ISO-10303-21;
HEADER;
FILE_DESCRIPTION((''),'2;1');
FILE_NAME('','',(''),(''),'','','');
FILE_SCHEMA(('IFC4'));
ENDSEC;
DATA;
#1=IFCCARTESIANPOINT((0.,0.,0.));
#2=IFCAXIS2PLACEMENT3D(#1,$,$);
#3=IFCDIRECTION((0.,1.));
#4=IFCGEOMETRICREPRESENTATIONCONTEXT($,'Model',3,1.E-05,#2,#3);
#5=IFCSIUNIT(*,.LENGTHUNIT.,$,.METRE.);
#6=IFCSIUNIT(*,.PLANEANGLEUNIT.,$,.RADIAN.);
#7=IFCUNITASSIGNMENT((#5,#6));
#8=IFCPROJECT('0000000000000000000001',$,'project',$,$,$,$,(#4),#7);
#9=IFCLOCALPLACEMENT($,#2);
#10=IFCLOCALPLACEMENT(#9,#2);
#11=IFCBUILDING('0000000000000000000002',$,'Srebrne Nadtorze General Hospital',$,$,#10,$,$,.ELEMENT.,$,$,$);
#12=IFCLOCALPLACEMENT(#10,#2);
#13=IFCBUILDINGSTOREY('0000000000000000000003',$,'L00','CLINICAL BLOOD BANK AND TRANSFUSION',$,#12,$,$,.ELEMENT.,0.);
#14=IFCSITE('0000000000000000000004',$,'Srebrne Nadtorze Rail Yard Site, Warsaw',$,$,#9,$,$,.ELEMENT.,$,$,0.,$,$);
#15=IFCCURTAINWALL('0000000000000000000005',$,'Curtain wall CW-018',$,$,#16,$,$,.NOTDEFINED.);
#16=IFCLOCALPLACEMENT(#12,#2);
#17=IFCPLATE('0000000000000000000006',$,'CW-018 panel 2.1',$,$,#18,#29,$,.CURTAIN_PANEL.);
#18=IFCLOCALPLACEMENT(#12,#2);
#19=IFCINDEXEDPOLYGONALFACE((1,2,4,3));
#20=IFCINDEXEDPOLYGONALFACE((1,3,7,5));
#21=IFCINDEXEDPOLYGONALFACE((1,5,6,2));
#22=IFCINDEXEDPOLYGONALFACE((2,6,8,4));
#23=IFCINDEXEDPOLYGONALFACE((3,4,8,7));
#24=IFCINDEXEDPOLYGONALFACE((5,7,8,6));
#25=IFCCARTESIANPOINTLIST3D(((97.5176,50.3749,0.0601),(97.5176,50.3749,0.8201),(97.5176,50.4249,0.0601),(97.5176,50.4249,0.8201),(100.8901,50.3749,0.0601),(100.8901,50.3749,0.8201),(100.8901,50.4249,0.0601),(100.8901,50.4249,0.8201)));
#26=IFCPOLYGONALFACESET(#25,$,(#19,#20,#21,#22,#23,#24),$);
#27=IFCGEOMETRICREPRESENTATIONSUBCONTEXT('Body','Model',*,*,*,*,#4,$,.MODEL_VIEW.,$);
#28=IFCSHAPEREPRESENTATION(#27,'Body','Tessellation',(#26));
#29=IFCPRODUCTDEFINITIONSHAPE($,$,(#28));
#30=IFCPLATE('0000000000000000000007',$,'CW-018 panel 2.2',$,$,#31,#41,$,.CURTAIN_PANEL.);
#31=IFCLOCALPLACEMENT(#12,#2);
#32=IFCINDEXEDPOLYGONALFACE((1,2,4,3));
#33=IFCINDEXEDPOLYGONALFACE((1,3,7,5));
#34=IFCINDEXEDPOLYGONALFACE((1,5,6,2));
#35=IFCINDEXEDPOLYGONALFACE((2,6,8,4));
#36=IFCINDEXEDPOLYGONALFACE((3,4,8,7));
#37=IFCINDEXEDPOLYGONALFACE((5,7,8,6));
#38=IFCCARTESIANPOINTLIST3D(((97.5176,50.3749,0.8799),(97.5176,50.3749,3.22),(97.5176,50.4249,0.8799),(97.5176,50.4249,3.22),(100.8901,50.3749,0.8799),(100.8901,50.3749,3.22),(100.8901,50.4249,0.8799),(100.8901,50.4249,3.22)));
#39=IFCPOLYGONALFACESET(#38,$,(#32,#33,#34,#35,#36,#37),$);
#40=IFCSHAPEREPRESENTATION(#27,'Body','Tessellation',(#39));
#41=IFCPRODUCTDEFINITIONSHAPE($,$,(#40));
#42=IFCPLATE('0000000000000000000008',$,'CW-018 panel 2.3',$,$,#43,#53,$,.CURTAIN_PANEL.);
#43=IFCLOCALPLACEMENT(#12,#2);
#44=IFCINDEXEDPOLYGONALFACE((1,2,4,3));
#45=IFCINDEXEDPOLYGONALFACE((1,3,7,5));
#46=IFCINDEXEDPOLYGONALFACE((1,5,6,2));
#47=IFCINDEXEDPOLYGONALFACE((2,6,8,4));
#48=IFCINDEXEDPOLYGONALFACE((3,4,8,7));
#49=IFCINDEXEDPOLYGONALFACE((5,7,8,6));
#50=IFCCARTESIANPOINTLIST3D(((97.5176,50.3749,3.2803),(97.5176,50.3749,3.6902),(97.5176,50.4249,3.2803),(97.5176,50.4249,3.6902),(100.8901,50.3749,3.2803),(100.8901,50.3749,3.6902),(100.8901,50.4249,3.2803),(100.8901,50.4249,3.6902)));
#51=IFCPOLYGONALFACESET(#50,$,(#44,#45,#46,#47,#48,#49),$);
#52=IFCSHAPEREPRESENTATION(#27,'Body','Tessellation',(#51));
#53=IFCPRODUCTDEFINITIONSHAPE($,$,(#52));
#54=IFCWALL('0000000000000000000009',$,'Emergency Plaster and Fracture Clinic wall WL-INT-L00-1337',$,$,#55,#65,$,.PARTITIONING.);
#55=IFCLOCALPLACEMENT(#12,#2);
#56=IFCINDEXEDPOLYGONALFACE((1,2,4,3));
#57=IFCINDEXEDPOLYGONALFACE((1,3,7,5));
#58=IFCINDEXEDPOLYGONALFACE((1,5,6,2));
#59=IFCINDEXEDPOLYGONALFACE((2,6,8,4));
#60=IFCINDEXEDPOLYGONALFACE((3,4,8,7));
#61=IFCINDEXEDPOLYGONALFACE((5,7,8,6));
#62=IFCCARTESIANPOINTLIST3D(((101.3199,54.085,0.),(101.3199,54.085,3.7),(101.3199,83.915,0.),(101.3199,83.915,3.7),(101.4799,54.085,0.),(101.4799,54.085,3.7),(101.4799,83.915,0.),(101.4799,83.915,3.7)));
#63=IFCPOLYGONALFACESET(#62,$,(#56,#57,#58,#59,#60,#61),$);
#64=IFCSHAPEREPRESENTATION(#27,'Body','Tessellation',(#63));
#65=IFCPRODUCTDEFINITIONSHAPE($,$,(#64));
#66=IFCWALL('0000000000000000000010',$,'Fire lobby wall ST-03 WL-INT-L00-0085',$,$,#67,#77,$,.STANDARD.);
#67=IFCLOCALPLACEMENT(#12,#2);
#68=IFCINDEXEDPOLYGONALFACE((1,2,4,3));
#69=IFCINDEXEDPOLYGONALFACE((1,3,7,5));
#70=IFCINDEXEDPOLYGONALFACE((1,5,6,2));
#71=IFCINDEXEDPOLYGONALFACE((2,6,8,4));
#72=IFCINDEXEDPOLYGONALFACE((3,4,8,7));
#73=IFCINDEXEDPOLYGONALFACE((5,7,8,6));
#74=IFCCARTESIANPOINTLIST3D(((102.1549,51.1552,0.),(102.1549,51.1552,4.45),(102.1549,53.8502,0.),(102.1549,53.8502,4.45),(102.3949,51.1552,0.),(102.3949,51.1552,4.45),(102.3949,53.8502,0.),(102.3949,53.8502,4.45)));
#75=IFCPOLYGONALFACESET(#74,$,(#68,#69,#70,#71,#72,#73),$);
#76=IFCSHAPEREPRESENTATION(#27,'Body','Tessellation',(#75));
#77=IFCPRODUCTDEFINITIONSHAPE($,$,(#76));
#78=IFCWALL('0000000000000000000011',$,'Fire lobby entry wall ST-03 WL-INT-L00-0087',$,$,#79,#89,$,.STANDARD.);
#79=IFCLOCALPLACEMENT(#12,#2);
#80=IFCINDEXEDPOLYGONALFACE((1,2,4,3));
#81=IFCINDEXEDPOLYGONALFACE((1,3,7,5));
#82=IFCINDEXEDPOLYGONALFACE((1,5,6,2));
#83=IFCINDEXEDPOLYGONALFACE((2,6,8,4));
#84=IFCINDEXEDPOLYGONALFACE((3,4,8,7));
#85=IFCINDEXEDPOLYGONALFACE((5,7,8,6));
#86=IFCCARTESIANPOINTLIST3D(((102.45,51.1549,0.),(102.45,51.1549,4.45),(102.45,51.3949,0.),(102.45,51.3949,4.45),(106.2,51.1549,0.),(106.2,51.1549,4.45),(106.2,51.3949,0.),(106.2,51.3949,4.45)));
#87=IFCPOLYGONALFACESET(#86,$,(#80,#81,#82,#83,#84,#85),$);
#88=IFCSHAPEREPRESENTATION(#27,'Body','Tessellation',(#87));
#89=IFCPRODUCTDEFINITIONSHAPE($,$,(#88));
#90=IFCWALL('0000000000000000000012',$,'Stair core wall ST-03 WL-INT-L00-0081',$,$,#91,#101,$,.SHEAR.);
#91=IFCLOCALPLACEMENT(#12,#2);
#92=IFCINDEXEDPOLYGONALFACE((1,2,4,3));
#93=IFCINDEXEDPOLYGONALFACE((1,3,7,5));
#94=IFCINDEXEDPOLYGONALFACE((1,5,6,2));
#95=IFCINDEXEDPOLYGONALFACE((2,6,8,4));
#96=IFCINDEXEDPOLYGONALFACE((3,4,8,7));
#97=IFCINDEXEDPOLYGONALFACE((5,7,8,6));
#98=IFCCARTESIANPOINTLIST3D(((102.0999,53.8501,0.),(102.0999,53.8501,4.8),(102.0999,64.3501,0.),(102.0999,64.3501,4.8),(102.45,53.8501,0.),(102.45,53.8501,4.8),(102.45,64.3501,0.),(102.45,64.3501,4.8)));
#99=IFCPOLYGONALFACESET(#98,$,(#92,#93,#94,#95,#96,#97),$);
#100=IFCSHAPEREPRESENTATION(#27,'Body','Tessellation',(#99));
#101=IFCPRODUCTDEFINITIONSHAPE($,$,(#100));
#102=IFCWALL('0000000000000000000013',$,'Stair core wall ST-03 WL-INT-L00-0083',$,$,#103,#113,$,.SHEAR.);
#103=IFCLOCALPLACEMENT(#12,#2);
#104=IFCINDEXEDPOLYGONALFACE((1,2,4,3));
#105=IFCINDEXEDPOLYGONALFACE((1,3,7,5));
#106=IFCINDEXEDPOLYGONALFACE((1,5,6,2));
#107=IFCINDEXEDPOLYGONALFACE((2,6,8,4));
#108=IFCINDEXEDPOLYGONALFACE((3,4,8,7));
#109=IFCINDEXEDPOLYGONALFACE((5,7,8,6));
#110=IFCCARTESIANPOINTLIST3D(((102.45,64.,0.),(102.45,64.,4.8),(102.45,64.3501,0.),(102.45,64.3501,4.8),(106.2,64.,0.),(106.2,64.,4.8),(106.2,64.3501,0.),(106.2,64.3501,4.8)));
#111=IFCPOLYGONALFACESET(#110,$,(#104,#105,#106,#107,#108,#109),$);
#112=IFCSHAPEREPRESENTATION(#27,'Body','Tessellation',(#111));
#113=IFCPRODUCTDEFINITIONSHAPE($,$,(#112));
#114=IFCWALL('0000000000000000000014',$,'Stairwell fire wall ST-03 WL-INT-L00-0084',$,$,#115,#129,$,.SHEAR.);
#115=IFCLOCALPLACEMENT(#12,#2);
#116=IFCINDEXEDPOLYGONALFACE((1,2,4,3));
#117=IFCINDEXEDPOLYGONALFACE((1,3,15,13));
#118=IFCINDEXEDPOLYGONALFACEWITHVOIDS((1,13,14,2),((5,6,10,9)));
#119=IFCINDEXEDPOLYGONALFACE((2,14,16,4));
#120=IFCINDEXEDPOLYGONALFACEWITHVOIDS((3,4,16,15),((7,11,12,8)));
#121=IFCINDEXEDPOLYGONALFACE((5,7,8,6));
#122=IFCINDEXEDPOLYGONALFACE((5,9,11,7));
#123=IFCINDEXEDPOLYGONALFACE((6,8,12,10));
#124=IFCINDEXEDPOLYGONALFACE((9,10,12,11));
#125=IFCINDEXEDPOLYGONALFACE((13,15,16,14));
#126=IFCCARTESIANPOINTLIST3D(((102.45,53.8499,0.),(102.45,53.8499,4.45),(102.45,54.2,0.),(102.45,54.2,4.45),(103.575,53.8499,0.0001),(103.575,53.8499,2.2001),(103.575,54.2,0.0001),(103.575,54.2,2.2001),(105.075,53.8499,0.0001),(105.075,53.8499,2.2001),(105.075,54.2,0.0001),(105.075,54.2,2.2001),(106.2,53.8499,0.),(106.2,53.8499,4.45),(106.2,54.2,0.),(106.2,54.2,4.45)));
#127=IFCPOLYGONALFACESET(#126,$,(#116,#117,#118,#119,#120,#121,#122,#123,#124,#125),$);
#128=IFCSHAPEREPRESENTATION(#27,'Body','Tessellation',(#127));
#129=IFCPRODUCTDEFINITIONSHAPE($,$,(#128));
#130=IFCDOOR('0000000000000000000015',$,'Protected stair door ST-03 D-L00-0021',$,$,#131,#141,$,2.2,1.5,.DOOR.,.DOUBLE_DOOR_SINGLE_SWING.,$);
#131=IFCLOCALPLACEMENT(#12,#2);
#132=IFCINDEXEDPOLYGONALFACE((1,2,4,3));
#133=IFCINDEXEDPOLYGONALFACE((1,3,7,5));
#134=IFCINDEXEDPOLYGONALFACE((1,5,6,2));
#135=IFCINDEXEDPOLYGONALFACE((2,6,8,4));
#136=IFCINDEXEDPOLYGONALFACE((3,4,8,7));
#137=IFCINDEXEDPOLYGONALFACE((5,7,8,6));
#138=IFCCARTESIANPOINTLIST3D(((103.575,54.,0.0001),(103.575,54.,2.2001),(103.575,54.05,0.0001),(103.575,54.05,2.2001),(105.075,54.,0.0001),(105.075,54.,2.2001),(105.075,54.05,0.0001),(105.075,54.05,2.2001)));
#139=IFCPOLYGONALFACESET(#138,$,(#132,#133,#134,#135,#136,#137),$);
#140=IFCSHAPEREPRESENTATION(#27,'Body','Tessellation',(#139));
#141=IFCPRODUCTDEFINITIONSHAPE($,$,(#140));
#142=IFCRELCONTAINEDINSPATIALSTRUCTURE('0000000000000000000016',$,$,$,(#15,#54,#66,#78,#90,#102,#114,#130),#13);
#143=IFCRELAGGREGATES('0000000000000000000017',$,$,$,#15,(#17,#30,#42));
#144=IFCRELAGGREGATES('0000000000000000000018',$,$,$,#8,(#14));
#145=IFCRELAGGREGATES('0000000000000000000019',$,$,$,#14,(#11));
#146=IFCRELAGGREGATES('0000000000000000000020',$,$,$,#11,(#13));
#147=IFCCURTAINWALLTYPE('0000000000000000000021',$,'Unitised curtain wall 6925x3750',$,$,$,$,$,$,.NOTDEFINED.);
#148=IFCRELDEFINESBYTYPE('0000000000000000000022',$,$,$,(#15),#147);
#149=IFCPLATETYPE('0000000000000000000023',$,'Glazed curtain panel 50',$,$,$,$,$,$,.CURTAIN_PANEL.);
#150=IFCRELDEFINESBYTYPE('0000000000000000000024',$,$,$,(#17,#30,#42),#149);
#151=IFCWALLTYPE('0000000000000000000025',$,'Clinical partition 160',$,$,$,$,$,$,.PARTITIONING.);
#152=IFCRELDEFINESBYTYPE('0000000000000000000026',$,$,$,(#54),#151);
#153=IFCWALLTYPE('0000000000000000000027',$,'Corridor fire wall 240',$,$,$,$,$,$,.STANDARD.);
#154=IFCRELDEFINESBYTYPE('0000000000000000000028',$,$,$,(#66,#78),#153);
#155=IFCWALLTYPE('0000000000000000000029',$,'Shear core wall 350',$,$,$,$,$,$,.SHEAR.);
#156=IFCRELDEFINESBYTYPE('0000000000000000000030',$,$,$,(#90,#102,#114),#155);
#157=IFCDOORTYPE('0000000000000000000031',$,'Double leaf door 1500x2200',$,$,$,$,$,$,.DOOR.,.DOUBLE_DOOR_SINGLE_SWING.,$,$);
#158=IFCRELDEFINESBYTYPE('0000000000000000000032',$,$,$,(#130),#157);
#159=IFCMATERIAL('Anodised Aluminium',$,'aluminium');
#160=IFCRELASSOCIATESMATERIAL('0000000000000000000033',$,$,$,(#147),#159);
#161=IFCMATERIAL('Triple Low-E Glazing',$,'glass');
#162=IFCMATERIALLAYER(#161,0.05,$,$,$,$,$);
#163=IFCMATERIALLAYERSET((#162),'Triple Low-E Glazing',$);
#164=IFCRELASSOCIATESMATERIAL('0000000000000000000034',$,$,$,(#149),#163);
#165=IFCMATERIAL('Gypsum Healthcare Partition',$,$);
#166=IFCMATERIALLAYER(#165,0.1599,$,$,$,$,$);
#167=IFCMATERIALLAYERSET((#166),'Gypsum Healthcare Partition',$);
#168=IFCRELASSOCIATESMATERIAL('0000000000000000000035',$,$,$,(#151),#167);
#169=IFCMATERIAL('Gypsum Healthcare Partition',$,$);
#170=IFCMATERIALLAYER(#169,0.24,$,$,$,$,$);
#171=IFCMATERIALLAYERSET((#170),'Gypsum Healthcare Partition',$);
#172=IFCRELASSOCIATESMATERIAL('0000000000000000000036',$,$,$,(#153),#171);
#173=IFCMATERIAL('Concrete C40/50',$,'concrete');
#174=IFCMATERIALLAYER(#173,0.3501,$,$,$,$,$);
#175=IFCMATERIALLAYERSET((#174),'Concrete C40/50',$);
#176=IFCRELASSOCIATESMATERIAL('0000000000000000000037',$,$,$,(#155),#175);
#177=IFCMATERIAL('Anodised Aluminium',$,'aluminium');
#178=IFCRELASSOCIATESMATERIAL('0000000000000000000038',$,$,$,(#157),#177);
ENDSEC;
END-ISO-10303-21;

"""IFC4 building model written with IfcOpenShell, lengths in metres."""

from ifc_helpers import new_model, si_unit, direction, frame, frame_2d, origin, origin_2d, place, context, subcontext, project, spatial, rectangle, extrude, material, layer, layer_set, type_object, element, fill, aggregate, save


model = new_model("IFC4")

# Units and contexts
model_context = context("Model", 3, precision=1e-05, world=origin(), true_north=direction((0.0, 1.0)))
body_context = subcontext(model_context, "Body", "Model", "MODEL_VIEW")
ifc_project = project(units=[si_unit("LENGTHUNIT", "METRE"), si_unit("PLANEANGLEUNIT", "RADIAN")], contexts=[model_context])

# Site, building, storey
site_placement = place(None, origin())
site = spatial("IfcSite", under=ifc_project, at=site_placement, Name="Srebrne Nadtorze Rail Yard Site, Warsaw", CompositionType="ELEMENT", RefElevation=0.0)
building_placement = place(site_placement, origin())
building = spatial("IfcBuilding", under=site, at=building_placement, Name="Srebrne Nadtorze General Hospital", CompositionType="ELEMENT")
storey_placement = place(building_placement, origin())
storey = spatial("IfcBuildingStorey", under=building, at=storey_placement, Name="L00", Description="CLINICAL BLOOD BANK AND TRANSFUSION", CompositionType="ELEMENT", Elevation=0.0)

# Curtain wall
ifc_material_1 = material(Name="Anodised Aluminium", Category="aluminium")
curtain_wall_type = type_object("IfcCurtainWallType", Name="Unitised curtain wall 6925x3750", PredefinedType="NOTDEFINED", material=ifc_material_1)
curtain_wall_placement = place(storey_placement, origin())
curtain_wall = element("IfcCurtainWall", 1, at=curtain_wall_placement, inside=storey, type_object=curtain_wall_type, Name="Curtain wall CW-018", PredefinedType="NOTDEFINED")

# Plates
ifc_material_2 = material(Name="Triple Low-E Glazing", Category="glass")
ifc_layer_1 = layer(ifc_material_2, 0.05)
ifc_layer_set_1 = layer_set([ifc_layer_1], Name="Triple Low-E Glazing")
plate_type = type_object("IfcPlateType", Name="Glazed curtain panel 50", PredefinedType="CURTAIN_PANEL", material=ifc_layer_set_1)
plate_1_placement = place(storey_placement, frame((99.2039, 50.3999, 0.0601), z_axis=(0.0, 0.0, 1.0), x_axis=(1.0, 0.0, 0.0)))
plate_1 = element("IfcPlate", 2, at=plate_1_placement, type_object=plate_type, Name="CW-018 panel 2.1", PredefinedType="CURTAIN_PANEL", context=body_context, shape_type="SweptSolid", body=[
    extrude(rectangle(XDim=3.3726, YDim=0.05, at=origin_2d()), origin(), (0.0, 0.0, 1.0), 0.76),
])
plate_2_placement = place(storey_placement, frame((99.2039, 50.3999, 0.8799), z_axis=(0.0, 0.0, 1.0), x_axis=(1.0, 0.0, 0.0)))
plate_2 = element("IfcPlate", 3, at=plate_2_placement, type_object=plate_type, Name="CW-018 panel 2.2", PredefinedType="CURTAIN_PANEL", context=body_context, shape_type="SweptSolid", body=[
    extrude(rectangle(XDim=3.3726, YDim=0.05, at=origin_2d()), origin(), (0.0, 0.0, 1.0), 2.3401),
])
plate_3_placement = place(storey_placement, frame((99.2039, 50.3999, 3.2803), z_axis=(0.0, 0.0, 1.0), x_axis=(1.0, 0.0, 0.0)))
plate_3 = element("IfcPlate", 4, at=plate_3_placement, type_object=plate_type, Name="CW-018 panel 2.3", PredefinedType="CURTAIN_PANEL", context=body_context, shape_type="SweptSolid", body=[
    extrude(rectangle(XDim=3.3726, YDim=0.05, at=origin_2d()), origin(), (0.0, 0.0, 1.0), 0.4099),
])
aggregate(curtain_wall, [plate_1, plate_2, plate_3])

# Walls
ifc_material_3 = material(Name="Gypsum Healthcare Partition")
ifc_layer_2 = layer(ifc_material_3, 0.1599)
ifc_layer_set_2 = layer_set([ifc_layer_2], Name="Gypsum Healthcare Partition")
wall_type_1 = type_object("IfcWallType", Name="Clinical partition 160", PredefinedType="PARTITIONING", material=ifc_layer_set_2)
wall_1_placement = place(storey_placement, frame((101.3999, 54.085, 0.0), z_axis=(0.0, 0.0, 1.0), x_axis=(0.0, 1.0, 0.0)))
element("IfcWall", 5, at=wall_1_placement, inside=storey, type_object=wall_type_1, Name="Emergency Plaster and Fracture Clinic wall WL-INT-L00-1337", PredefinedType="PARTITIONING", context=body_context, shape_type="SweptSolid", body=[
    extrude(rectangle(XDim=29.8301, YDim=0.1599, at=frame_2d((14.915, 0.0))), origin(), (0.0, 0.0, 1.0), 3.7),
])
ifc_material_4 = material(Name="Gypsum Healthcare Partition")
ifc_layer_3 = layer(ifc_material_4, 0.24)
ifc_layer_set_3 = layer_set([ifc_layer_3], Name="Gypsum Healthcare Partition")
wall_type_2 = type_object("IfcWallType", Name="Corridor fire wall 240", PredefinedType="STANDARD", material=ifc_layer_set_3)
wall_2_placement = place(storey_placement, frame((102.2749, 51.155, 0.0), z_axis=(0.0, 0.0, 1.0), x_axis=(0.0, 1.0, 0.0)))
element("IfcWall", 6, at=wall_2_placement, inside=storey, type_object=wall_type_2, Name="Fire lobby wall ST-03 WL-INT-L00-0085", PredefinedType="STANDARD", context=body_context, shape_type="SweptSolid", body=[
    extrude(rectangle(XDim=2.6951, YDim=0.24, at=frame_2d((1.3477, 0.0))), origin(), (0.0, 0.0, 1.0), 4.45),
])
wall_3_placement = place(storey_placement, frame((102.45, 51.2749, 0.0), z_axis=(0.0, 0.0, 1.0), x_axis=(1.0, 0.0, 0.0)))
element("IfcWall", 7, at=wall_3_placement, inside=storey, type_object=wall_type_2, Name="Fire lobby entry wall ST-03 WL-INT-L00-0087", PredefinedType="STANDARD", context=body_context, shape_type="SweptSolid", body=[
    extrude(rectangle(XDim=3.75, YDim=0.24, at=frame_2d((1.875, 0.0))), origin(), (0.0, 0.0, 1.0), 4.45),
])
ifc_material_5 = material(Name="Concrete C40/50", Category="concrete")
ifc_layer_4 = layer(ifc_material_5, 0.3501)
ifc_layer_set_4 = layer_set([ifc_layer_4], Name="Concrete C40/50")
wall_type_3 = type_object("IfcWallType", Name="Shear core wall 350", PredefinedType="SHEAR", material=ifc_layer_set_4)
wall_4_placement = place(storey_placement, frame((102.2749, 53.8501, 0.0), z_axis=(0.0, 0.0, 1.0), x_axis=(0.0, 1.0, 0.0)))
element("IfcWall", 8, at=wall_4_placement, inside=storey, type_object=wall_type_3, Name="Stair core wall ST-03 WL-INT-L00-0081", PredefinedType="SHEAR", context=body_context, shape_type="SweptSolid", body=[
    extrude(rectangle(XDim=10.5, YDim=0.3501, at=frame_2d((5.25, 0.0))), origin(), (0.0, 0.0, 1.0), 4.8),
])
wall_5_placement = place(storey_placement, frame((102.45, 64.175, 0.0), z_axis=(0.0, 0.0, 1.0), x_axis=(1.0, 0.0, 0.0)))
element("IfcWall", 9, at=wall_5_placement, inside=storey, type_object=wall_type_3, Name="Stair core wall ST-03 WL-INT-L00-0083", PredefinedType="SHEAR", context=body_context, shape_type="SweptSolid", body=[
    extrude(rectangle(XDim=3.75, YDim=0.3501, at=frame_2d((1.875, 0.0))), origin(), (0.0, 0.0, 1.0), 4.8),
])

# Wall, opening, door
wall_6_placement = place(storey_placement, frame((102.45, 54.0249, 0.0), z_axis=(0.0, 0.0, 1.0), x_axis=(1.0, 0.0, 0.0)))
wall_6 = element("IfcWall", 10, at=wall_6_placement, inside=storey, type_object=wall_type_3, Name="Stairwell fire wall ST-03 WL-INT-L00-0084", PredefinedType="SHEAR", context=body_context, shape_type="SweptSolid", body=[
    extrude(rectangle(XDim=3.75, YDim=0.3501, at=frame_2d((1.875, 0.0))), origin(), (0.0, 0.0, 1.0), 4.45),
])
opening_placement = place(wall_6_placement, frame((1.125, 0.0, 0.0)))
opening = element("IfcOpeningElement", 11, at=opening_placement, cuts=wall_6, PredefinedType="OPENING", context=body_context, shape_type="SweptSolid", body=[
    extrude(rectangle(XDim=1.5, YDim=2.2, at=frame_2d((0.75, 1.1001))), frame((0.0, 0.187, 0.0), z_axis=(0.0, -1.0, 0.0), x_axis=(1.0, 0.0, 0.0)), (0.0, 0.0, 1.0), 0.374),
])
ifc_material_6 = material(Name="Anodised Aluminium", Category="aluminium")
door_type = type_object("IfcDoorType", Name="Double leaf door 1500x2200", OperationType="DOUBLE_DOOR_SINGLE_SWING", PredefinedType="DOOR", material=ifc_material_6)
door_placement = place(opening_placement, frame((1.5, 0.0, 0.0), z_axis=(0.0, 0.0, 1.0), x_axis=(-1.0, 0.0, 0.0)))
door = element("IfcDoor", 12, at=door_placement, inside=storey, type_object=door_type, Name="Protected stair door ST-03 D-L00-0021", OperationType="DOUBLE_DOOR_SINGLE_SWING", OverallHeight=2.2, OverallWidth=1.5, PredefinedType="DOOR", context=body_context, shape_type="SweptSolid", body=[
    extrude(rectangle(XDim=1.5, YDim=2.2, at=frame_2d((0.75, 1.1001))), frame((0.0, 0.0249, 0.0), z_axis=(0.0, -1.0, 0.0), x_axis=(1.0, 0.0, 0.0)), (0.0, 0.0, 1.0), 0.05),
])
fill(opening, door)

save(model, "model.ifc")
